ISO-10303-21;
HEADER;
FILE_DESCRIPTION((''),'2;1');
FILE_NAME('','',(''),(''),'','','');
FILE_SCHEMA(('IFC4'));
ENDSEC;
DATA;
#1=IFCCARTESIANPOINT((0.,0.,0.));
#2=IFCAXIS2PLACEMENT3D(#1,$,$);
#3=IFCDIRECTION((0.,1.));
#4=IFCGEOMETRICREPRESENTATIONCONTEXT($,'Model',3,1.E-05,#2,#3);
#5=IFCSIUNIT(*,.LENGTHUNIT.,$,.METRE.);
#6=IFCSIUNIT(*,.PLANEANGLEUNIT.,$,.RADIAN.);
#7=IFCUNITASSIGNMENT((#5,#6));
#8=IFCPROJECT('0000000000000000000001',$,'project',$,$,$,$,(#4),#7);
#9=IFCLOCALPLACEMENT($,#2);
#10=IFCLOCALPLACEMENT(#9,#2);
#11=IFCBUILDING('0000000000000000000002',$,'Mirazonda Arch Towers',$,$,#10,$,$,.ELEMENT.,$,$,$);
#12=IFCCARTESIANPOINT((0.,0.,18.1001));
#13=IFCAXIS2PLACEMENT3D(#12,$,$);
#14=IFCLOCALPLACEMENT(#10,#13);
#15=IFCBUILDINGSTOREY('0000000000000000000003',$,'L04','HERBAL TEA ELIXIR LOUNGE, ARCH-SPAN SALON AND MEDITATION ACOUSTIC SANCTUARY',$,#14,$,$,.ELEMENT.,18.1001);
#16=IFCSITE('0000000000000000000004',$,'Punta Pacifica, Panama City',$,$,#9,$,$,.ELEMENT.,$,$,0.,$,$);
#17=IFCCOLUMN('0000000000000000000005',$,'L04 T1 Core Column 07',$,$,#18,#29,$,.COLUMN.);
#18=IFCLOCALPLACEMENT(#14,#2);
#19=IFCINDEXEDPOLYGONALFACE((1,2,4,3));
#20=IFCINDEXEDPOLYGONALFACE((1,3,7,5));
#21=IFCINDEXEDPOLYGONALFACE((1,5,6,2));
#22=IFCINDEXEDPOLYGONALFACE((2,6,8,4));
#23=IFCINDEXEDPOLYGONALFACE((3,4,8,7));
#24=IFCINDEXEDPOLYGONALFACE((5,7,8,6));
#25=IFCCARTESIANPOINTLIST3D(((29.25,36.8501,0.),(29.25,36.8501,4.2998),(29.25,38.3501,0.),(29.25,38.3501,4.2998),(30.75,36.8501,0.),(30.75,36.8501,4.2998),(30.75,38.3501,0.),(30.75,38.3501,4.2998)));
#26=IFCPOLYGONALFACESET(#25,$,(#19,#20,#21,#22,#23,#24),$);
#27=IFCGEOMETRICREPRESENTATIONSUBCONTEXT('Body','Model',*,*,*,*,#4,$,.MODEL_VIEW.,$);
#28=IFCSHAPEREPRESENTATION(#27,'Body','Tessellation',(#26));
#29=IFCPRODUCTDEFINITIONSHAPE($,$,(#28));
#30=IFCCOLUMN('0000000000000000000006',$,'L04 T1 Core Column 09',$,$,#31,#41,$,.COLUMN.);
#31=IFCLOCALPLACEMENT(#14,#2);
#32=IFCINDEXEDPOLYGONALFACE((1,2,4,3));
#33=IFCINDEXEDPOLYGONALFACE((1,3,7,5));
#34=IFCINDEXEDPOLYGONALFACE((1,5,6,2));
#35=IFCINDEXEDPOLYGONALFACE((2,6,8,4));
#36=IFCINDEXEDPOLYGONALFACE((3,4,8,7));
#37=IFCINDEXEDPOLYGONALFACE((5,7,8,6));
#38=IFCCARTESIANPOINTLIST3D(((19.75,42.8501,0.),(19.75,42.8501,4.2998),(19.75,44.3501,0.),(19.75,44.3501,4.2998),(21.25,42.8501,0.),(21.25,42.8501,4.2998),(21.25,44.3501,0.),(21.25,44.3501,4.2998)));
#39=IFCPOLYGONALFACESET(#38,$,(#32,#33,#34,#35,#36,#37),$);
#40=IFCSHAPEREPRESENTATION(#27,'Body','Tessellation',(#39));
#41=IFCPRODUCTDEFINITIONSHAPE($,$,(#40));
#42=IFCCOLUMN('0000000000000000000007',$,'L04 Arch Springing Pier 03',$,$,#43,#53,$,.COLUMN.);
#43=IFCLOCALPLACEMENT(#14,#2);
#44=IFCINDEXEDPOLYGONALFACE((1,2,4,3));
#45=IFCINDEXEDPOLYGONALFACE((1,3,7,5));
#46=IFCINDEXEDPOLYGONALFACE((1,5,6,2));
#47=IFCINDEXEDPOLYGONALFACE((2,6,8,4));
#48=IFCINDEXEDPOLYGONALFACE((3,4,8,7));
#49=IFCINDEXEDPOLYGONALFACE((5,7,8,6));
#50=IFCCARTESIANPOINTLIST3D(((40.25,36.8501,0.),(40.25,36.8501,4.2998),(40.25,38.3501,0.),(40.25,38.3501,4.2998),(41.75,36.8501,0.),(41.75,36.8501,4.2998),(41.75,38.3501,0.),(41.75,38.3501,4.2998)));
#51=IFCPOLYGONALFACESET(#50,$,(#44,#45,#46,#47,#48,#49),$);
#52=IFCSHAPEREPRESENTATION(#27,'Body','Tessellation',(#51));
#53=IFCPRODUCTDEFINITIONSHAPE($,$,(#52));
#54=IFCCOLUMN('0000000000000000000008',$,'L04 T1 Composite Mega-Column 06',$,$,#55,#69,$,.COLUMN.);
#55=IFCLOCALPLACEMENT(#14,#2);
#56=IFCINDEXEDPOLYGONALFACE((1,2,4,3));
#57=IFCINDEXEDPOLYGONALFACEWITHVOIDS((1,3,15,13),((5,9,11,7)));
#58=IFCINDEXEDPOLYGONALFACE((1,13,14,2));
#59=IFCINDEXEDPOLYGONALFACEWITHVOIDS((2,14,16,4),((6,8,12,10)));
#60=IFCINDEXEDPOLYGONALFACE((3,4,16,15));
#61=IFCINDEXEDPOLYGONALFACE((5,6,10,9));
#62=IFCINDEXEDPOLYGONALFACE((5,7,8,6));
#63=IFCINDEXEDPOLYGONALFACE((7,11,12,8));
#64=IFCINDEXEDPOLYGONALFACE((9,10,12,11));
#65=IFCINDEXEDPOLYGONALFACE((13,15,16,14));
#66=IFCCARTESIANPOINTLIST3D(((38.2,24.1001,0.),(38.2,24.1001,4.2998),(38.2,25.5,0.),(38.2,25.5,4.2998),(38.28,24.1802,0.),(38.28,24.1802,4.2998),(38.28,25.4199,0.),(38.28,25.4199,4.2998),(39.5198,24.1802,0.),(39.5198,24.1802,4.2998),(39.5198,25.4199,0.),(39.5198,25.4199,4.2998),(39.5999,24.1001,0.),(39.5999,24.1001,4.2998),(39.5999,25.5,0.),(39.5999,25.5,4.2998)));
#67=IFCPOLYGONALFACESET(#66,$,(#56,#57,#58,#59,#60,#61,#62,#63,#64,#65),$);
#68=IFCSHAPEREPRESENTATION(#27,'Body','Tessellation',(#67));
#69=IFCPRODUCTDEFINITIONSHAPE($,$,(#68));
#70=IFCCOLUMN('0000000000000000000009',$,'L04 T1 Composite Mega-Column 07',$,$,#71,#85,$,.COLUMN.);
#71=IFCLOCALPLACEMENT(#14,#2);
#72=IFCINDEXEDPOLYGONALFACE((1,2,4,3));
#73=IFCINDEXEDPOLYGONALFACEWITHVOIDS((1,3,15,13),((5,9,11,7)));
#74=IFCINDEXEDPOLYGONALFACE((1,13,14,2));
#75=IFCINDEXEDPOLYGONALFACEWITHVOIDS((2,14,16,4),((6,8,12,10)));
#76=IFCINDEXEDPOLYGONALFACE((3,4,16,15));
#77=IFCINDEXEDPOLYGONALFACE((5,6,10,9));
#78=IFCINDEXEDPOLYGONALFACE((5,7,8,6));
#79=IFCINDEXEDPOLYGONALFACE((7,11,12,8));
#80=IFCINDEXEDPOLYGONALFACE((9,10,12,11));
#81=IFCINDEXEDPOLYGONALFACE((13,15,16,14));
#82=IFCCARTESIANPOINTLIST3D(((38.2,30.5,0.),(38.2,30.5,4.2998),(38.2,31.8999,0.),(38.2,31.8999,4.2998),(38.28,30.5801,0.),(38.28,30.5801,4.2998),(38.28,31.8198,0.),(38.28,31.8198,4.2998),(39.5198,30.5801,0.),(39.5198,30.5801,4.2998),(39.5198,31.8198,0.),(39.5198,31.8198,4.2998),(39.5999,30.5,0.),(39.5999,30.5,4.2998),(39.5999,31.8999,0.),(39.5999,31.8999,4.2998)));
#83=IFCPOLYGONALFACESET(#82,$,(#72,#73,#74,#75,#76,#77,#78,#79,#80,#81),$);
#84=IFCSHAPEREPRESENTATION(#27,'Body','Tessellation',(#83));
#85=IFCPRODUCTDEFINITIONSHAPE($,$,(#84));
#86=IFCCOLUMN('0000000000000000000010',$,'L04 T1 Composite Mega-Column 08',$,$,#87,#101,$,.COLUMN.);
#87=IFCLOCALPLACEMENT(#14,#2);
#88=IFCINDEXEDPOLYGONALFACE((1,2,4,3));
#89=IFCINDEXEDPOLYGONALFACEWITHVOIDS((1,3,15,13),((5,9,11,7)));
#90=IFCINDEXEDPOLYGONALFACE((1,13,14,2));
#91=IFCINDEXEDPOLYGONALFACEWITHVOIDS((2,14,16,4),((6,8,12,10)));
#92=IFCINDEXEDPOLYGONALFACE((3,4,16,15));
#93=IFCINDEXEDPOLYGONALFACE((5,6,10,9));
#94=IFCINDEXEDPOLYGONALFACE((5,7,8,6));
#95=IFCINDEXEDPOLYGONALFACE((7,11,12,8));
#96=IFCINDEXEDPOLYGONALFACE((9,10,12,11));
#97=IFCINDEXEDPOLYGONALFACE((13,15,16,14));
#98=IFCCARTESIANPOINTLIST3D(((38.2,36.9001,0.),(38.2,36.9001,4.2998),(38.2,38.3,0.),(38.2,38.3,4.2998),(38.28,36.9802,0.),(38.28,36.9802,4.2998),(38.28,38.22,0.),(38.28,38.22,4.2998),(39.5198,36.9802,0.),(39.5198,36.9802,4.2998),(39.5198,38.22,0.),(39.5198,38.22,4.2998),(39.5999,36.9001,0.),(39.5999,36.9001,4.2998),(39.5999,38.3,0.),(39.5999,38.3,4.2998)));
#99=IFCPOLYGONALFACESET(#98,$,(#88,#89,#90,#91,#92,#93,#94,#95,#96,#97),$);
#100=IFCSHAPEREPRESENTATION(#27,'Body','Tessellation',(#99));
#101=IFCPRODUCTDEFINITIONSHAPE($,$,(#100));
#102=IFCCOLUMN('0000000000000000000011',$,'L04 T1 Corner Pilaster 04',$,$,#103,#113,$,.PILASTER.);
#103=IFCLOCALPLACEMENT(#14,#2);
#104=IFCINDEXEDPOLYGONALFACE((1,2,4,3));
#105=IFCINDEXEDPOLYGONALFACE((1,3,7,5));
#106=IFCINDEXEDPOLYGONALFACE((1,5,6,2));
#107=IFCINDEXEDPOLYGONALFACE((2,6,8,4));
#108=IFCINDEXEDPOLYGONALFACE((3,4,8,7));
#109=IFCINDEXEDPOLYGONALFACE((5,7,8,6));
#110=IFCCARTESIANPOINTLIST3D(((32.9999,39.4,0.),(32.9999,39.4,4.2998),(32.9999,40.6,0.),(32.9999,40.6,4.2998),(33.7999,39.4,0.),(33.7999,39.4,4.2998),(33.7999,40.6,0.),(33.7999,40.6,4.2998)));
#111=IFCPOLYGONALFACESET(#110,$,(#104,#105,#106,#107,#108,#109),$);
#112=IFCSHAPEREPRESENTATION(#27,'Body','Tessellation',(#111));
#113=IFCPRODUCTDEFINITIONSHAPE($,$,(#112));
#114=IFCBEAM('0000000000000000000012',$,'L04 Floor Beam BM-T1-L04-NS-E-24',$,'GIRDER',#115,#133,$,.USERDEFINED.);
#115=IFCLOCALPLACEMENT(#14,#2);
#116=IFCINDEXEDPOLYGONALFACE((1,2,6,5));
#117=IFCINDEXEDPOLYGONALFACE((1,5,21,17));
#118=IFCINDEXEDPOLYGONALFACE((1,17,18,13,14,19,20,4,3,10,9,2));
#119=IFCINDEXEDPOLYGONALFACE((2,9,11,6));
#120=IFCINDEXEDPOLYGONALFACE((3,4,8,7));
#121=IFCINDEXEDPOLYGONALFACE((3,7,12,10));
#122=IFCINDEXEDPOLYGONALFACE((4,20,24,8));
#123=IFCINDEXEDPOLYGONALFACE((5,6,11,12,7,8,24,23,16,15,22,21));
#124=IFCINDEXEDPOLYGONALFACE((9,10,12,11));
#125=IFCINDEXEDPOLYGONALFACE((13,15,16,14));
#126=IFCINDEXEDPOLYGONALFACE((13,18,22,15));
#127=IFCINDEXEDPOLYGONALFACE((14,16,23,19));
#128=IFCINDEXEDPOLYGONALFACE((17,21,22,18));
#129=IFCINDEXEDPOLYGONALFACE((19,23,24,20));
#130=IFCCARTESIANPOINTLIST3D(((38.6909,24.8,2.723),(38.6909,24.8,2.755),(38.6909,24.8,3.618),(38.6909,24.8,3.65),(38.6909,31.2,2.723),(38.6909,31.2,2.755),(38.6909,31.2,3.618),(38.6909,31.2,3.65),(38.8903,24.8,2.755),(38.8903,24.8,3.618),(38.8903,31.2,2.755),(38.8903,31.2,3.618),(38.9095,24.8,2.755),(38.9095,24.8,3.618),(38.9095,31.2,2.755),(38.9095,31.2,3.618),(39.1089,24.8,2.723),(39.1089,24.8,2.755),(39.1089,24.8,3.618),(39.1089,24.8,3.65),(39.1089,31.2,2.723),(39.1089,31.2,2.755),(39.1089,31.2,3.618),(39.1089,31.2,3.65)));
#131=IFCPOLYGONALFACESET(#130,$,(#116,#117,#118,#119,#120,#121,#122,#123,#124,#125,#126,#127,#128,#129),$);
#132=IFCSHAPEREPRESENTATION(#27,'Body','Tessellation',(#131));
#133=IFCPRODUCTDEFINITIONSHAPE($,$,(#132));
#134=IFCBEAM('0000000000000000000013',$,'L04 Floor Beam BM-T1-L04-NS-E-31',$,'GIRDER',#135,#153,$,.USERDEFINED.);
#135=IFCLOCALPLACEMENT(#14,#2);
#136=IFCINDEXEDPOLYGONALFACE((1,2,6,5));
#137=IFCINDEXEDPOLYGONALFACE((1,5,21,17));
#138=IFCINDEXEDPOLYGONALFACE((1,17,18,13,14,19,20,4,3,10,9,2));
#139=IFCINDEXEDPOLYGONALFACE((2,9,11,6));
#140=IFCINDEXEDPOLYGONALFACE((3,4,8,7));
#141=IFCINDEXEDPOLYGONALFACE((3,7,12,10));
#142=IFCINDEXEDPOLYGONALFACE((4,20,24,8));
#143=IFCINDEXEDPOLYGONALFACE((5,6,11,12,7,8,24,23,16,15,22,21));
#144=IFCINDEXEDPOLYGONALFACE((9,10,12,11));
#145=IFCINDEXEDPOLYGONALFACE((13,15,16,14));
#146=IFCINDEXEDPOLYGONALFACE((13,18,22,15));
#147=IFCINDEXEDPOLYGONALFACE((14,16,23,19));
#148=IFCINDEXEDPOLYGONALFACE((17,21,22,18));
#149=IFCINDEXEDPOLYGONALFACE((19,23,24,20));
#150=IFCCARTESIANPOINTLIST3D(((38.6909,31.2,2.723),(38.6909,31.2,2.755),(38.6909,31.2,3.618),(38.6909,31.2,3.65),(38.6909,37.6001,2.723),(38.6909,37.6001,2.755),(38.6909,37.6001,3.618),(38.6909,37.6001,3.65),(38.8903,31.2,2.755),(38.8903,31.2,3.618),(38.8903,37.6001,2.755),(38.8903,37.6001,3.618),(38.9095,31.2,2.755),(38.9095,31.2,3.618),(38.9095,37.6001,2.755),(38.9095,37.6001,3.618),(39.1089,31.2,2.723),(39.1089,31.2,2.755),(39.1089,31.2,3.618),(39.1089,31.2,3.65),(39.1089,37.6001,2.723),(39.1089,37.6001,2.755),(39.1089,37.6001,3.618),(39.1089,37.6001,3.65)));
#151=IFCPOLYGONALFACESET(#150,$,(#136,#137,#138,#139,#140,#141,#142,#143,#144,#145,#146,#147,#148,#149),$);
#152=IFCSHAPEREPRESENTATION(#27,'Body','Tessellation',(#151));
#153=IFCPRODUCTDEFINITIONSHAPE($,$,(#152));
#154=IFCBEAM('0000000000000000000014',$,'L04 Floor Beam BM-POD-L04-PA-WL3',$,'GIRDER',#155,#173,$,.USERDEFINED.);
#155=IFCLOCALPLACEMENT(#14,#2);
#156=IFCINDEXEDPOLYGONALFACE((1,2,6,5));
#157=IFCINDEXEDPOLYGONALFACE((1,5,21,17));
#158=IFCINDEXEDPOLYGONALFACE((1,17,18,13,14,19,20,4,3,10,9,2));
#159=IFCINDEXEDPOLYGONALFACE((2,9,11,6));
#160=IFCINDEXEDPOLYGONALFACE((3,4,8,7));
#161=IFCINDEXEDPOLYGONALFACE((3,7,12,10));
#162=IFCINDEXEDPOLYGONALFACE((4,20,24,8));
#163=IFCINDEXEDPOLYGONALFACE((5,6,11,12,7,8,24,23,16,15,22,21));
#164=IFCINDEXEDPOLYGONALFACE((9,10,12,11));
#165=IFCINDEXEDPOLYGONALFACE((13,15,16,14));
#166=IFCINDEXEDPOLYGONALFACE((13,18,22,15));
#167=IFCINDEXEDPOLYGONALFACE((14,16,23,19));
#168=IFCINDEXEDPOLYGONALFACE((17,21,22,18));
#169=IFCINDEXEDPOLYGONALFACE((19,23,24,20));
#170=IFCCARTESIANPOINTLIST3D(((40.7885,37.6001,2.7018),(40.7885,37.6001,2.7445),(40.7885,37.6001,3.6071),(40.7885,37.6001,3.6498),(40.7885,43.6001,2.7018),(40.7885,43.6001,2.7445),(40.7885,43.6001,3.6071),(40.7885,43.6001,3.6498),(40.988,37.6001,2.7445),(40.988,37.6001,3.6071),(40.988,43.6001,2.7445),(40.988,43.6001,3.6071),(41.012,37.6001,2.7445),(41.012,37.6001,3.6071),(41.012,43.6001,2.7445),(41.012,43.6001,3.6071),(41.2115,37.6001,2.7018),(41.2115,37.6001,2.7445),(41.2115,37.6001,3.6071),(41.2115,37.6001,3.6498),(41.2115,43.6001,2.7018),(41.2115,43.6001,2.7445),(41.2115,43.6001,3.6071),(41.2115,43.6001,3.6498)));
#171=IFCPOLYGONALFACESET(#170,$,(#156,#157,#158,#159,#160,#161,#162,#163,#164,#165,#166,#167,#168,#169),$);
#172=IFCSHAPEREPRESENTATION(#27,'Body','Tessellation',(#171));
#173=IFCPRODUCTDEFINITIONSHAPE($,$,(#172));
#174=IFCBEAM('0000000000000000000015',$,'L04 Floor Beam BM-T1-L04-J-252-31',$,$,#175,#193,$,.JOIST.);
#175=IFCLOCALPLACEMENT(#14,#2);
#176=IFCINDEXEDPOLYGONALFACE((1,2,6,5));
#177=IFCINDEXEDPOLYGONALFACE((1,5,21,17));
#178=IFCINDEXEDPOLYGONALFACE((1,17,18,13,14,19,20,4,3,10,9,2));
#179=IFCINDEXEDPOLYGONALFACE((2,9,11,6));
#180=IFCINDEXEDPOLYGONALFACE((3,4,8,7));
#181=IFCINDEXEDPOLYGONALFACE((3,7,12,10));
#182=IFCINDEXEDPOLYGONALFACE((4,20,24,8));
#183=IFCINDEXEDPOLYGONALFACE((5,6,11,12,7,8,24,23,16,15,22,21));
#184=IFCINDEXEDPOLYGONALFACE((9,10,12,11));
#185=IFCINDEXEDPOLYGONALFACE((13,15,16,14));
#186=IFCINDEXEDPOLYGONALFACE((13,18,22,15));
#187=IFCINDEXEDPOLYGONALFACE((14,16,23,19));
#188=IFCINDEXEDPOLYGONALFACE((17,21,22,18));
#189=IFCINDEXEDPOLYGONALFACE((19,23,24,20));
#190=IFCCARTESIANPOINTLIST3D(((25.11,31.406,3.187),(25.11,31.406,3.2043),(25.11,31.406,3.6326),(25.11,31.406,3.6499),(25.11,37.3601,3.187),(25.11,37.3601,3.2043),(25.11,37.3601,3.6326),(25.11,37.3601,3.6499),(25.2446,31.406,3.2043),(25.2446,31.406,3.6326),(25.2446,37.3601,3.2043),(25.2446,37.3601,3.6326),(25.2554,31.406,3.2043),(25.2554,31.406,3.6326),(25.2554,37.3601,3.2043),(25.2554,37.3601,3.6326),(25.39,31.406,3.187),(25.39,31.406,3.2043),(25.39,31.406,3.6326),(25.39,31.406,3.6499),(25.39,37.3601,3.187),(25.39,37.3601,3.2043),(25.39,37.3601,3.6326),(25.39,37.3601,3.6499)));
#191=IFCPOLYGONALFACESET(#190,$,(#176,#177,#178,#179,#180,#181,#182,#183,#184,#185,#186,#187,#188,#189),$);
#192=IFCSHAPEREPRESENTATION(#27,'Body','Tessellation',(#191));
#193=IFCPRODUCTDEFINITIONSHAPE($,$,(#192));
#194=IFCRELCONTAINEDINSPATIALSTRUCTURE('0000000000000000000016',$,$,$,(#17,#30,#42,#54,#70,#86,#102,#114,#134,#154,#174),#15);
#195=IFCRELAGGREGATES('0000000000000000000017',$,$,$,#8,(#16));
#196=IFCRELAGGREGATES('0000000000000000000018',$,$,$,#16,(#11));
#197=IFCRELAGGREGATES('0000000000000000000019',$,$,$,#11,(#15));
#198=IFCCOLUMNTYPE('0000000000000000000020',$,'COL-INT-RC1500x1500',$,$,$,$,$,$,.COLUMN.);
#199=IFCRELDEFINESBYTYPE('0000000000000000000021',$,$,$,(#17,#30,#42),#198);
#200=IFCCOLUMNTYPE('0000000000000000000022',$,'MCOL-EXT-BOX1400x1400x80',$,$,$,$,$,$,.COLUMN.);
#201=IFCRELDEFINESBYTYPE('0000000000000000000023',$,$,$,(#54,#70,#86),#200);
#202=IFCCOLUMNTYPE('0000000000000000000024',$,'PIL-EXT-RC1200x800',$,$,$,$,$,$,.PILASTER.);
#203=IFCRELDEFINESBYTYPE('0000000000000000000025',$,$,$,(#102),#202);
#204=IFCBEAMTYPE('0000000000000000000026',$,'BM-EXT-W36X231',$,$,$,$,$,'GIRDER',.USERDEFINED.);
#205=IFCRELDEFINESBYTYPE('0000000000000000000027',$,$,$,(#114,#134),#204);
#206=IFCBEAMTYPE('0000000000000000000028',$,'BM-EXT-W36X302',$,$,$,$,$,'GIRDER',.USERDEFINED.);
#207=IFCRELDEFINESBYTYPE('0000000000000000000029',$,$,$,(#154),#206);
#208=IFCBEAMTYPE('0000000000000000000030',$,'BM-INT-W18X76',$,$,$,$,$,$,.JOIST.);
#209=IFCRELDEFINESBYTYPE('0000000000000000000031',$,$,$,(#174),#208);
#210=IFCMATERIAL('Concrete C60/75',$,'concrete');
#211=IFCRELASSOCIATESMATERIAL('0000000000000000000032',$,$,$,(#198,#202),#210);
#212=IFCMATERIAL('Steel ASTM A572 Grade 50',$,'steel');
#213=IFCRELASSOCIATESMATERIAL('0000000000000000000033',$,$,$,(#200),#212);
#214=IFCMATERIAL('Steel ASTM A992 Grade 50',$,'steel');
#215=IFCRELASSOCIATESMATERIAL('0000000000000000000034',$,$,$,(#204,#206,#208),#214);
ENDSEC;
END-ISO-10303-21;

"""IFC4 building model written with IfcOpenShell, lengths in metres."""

from ifc_helpers import new_model, si_unit, direction, frame, origin, origin_2d, place, context, subcontext, project, spatial, rectangle, hollow_rectangle, i_section, extrude, material, material_profile, profile_set, type_object, element, save


model = new_model("IFC4")

# Units and contexts
model_context = context("Model", 3, precision=1e-05, world=origin(), true_north=direction((0.0, 1.0)))
body_context = subcontext(model_context, "Body", "Model", "MODEL_VIEW")
ifc_project = project(units=[si_unit("LENGTHUNIT", "METRE"), si_unit("PLANEANGLEUNIT", "RADIAN")], contexts=[model_context])

# Site, building, storey
site_placement = place(None, origin())
site = spatial("IfcSite", under=ifc_project, at=site_placement, Name="Punta Pacifica, Panama City", CompositionType="ELEMENT", RefElevation=0.0)
building_placement = place(site_placement, origin())
building = spatial("IfcBuilding", under=site, at=building_placement, Name="Mirazonda Arch Towers", CompositionType="ELEMENT")
storey_placement = place(building_placement, frame((0.0, 0.0, 18.1001)))
storey = spatial("IfcBuildingStorey", under=building, at=storey_placement, Name="L04", Description="HERBAL TEA ELIXIR LOUNGE, ARCH-SPAN SALON AND MEDITATION ACOUSTIC SANCTUARY", CompositionType="ELEMENT", Elevation=18.1001)

# Columns
ifc_material_1 = material(Name="Concrete C60/75", Category="concrete")
ifc_material_profile_1 = material_profile(ifc_material_1, rectangle(XDim=1.5, YDim=1.5, at=origin_2d()), Name="RC1500x1500")
ifc_profile_set_1 = profile_set([ifc_material_profile_1], Name="Concrete C60/75")
column_type_1 = type_object("IfcColumnType", Name="COL-INT-RC1500x1500", PredefinedType="COLUMN", material=ifc_profile_set_1)
for number, where, z_axis, x_axis, name in (
    (1, (30.0, 37.6001, 0.0), (0.0, 0.0, 1.0), (1.0, 0.0, 0.0), "L04 T1 Core Column 07"),
    (2, (20.5, 43.6001, 0.0), (0.0, 0.0, 1.0), (1.0, 0.0, 0.0), "L04 T1 Core Column 09"),
    (3, (41.0, 37.6001, 0.0), (0.0, 0.0, 1.0), (1.0, 0.0, 0.0), "L04 Arch Springing Pier 03"),
):
    element("IfcColumn", number, at=place(storey_placement, frame(where, z_axis=z_axis, x_axis=x_axis)), inside=storey, type_object=column_type_1, Name=name, PredefinedType="COLUMN", context=body_context, shape_type="SweptSolid", body=[
        extrude(rectangle(XDim=1.5, YDim=1.5, at=origin_2d()), origin(), (0.0, 0.0, 1.0), 4.2998),
    ])
ifc_material_2 = material(Name="Steel ASTM A572 Grade 50", Category="steel")
ifc_material_profile_2 = material_profile(ifc_material_2, hollow_rectangle(XDim=1.3999, YDim=1.3999, WallThickness=0.0801, at=origin_2d()), Name="BOX1400x1400x80")
ifc_profile_set_2 = profile_set([ifc_material_profile_2], Name="Steel ASTM A572 Grade 50")
column_type_2 = type_object("IfcColumnType", Name="MCOL-EXT-BOX1400x1400x80", PredefinedType="COLUMN", material=ifc_profile_set_2)
for number, where, z_axis, x_axis, name in (
    (4, (38.8999, 24.8, 0.0), (0.0, 0.0, 1.0), (1.0, 0.0, 0.0), "L04 T1 Composite Mega-Column 06"),
    (5, (38.8999, 31.2, 0.0), (0.0, 0.0, 1.0), (1.0, 0.0, 0.0), "L04 T1 Composite Mega-Column 07"),
    (6, (38.8999, 37.6001, 0.0), (0.0, 0.0, 1.0), (1.0, 0.0, 0.0), "L04 T1 Composite Mega-Column 08"),
):
    element("IfcColumn", number, at=place(storey_placement, frame(where, z_axis=z_axis, x_axis=x_axis)), inside=storey, type_object=column_type_2, Name=name, PredefinedType="COLUMN", context=body_context, shape_type="SweptSolid", body=[
        extrude(hollow_rectangle(XDim=1.3999, YDim=1.3999, WallThickness=0.0801, at=origin_2d()), origin(), (0.0, 0.0, 1.0), 4.2998),
    ])
ifc_material_profile_3 = material_profile(ifc_material_1, rectangle(XDim=0.8, YDim=1.2, at=origin_2d()), Name="RC1200x800")
ifc_profile_set_3 = profile_set([ifc_material_profile_3], Name="Concrete C60/75")
column_type_3 = type_object("IfcColumnType", Name="PIL-EXT-RC1200x800", PredefinedType="PILASTER", material=ifc_profile_set_3)
column_placement = place(storey_placement, frame((33.3999, 40.0, 0.0), z_axis=(0.0, 0.0, 1.0), x_axis=(1.0, 0.0, 0.0)))
element("IfcColumn", 7, at=column_placement, inside=storey, type_object=column_type_3, Name="L04 T1 Corner Pilaster 04", PredefinedType="PILASTER", context=body_context, shape_type="SweptSolid", body=[
    extrude(rectangle(XDim=0.8, YDim=1.2, at=origin_2d()), origin(), (0.0, 0.0, 1.0), 4.2998),
])

# Beams
ifc_material_3 = material(Name="Steel ASTM A992 Grade 50", Category="steel")
ifc_material_profile_4 = material_profile(ifc_material_3, i_section(OverallWidth=0.418, OverallDepth=0.927, WebThickness=0.0193, FlangeThickness=0.032, at=origin_2d()), Name="W36X231")
ifc_profile_set_4 = profile_set([ifc_material_profile_4], Name="Steel ASTM A992 Grade 50")
beam_type_1 = type_object("IfcBeamType", Name="BM-EXT-W36X231", ElementType="GIRDER", PredefinedType="USERDEFINED", material=ifc_profile_set_4)
beam_1_placement = place(storey_placement, frame((38.8999, 24.8, 3.1865), z_axis=(0.0, 1.0, 0.0), x_axis=(-1.0, 0.0, 0.0)))
element("IfcBeam", 8, at=beam_1_placement, inside=storey, type_object=beam_type_1, Name="L04 Floor Beam BM-T1-L04-NS-E-24", ObjectType="GIRDER", PredefinedType="USERDEFINED", context=body_context, shape_type="SweptSolid", body=[
    extrude(i_section(OverallWidth=0.418, OverallDepth=0.927, WebThickness=0.0193, FlangeThickness=0.032, at=origin_2d()), origin(), (0.0, 0.0, 1.0), 6.3999),
])
beam_2_placement = place(storey_placement, frame((38.8999, 31.2, 3.1865), z_axis=(0.0, 1.0, 0.0), x_axis=(-1.0, 0.0, 0.0)))
element("IfcBeam", 9, at=beam_2_placement, inside=storey, type_object=beam_type_1, Name="L04 Floor Beam BM-T1-L04-NS-E-31", ObjectType="GIRDER", PredefinedType="USERDEFINED", context=body_context, shape_type="SweptSolid", body=[
    extrude(i_section(OverallWidth=0.418, OverallDepth=0.927, WebThickness=0.0193, FlangeThickness=0.032, at=origin_2d()), origin(), (0.0, 0.0, 1.0), 6.4001),
])
ifc_material_profile_5 = material_profile(ifc_material_3, i_section(OverallWidth=0.4231, OverallDepth=0.948, WebThickness=0.0239, FlangeThickness=0.0427, at=origin_2d()), Name="W36X302")
ifc_profile_set_5 = profile_set([ifc_material_profile_5], Name="Steel ASTM A992 Grade 50")
beam_type_2 = type_object("IfcBeamType", Name="BM-EXT-W36X302", ElementType="GIRDER", PredefinedType="USERDEFINED", material=ifc_profile_set_5)
beam_3_placement = place(storey_placement, frame((41.0, 37.6001, 3.1758), z_axis=(0.0, 1.0, 0.0), x_axis=(-1.0, 0.0, 0.0)))
element("IfcBeam", 10, at=beam_3_placement, inside=storey, type_object=beam_type_2, Name="L04 Floor Beam BM-POD-L04-PA-WL3", ObjectType="GIRDER", PredefinedType="USERDEFINED", context=body_context, shape_type="SweptSolid", body=[
    extrude(i_section(OverallWidth=0.4231, OverallDepth=0.948, WebThickness=0.0239, FlangeThickness=0.0427, at=origin_2d()), origin(), (0.0, 0.0, 1.0), 6.0),
])
ifc_material_profile_6 = material_profile(ifc_material_3, i_section(OverallWidth=0.28, OverallDepth=0.4629, WebThickness=0.0107, FlangeThickness=0.0173, at=origin_2d()), Name="W18X76")
ifc_profile_set_6 = profile_set([ifc_material_profile_6], Name="Steel ASTM A992 Grade 50")
beam_type_3 = type_object("IfcBeamType", Name="BM-INT-W18X76", PredefinedType="JOIST", material=ifc_profile_set_6)
beam_4_placement = place(storey_placement, frame((25.25, 31.406, 3.4185), z_axis=(0.0, 1.0, 0.0), x_axis=(-1.0, 0.0, 0.0)))
element("IfcBeam", 11, at=beam_4_placement, inside=storey, type_object=beam_type_3, Name="L04 Floor Beam BM-T1-L04-J-252-31", PredefinedType="JOIST", context=body_context, shape_type="SweptSolid", body=[
    extrude(i_section(OverallWidth=0.28, OverallDepth=0.4629, WebThickness=0.0107, FlangeThickness=0.0173, at=origin_2d()), origin(), (0.0, 0.0, 1.0), 5.9541),
])

save(model, "model.ifc")
